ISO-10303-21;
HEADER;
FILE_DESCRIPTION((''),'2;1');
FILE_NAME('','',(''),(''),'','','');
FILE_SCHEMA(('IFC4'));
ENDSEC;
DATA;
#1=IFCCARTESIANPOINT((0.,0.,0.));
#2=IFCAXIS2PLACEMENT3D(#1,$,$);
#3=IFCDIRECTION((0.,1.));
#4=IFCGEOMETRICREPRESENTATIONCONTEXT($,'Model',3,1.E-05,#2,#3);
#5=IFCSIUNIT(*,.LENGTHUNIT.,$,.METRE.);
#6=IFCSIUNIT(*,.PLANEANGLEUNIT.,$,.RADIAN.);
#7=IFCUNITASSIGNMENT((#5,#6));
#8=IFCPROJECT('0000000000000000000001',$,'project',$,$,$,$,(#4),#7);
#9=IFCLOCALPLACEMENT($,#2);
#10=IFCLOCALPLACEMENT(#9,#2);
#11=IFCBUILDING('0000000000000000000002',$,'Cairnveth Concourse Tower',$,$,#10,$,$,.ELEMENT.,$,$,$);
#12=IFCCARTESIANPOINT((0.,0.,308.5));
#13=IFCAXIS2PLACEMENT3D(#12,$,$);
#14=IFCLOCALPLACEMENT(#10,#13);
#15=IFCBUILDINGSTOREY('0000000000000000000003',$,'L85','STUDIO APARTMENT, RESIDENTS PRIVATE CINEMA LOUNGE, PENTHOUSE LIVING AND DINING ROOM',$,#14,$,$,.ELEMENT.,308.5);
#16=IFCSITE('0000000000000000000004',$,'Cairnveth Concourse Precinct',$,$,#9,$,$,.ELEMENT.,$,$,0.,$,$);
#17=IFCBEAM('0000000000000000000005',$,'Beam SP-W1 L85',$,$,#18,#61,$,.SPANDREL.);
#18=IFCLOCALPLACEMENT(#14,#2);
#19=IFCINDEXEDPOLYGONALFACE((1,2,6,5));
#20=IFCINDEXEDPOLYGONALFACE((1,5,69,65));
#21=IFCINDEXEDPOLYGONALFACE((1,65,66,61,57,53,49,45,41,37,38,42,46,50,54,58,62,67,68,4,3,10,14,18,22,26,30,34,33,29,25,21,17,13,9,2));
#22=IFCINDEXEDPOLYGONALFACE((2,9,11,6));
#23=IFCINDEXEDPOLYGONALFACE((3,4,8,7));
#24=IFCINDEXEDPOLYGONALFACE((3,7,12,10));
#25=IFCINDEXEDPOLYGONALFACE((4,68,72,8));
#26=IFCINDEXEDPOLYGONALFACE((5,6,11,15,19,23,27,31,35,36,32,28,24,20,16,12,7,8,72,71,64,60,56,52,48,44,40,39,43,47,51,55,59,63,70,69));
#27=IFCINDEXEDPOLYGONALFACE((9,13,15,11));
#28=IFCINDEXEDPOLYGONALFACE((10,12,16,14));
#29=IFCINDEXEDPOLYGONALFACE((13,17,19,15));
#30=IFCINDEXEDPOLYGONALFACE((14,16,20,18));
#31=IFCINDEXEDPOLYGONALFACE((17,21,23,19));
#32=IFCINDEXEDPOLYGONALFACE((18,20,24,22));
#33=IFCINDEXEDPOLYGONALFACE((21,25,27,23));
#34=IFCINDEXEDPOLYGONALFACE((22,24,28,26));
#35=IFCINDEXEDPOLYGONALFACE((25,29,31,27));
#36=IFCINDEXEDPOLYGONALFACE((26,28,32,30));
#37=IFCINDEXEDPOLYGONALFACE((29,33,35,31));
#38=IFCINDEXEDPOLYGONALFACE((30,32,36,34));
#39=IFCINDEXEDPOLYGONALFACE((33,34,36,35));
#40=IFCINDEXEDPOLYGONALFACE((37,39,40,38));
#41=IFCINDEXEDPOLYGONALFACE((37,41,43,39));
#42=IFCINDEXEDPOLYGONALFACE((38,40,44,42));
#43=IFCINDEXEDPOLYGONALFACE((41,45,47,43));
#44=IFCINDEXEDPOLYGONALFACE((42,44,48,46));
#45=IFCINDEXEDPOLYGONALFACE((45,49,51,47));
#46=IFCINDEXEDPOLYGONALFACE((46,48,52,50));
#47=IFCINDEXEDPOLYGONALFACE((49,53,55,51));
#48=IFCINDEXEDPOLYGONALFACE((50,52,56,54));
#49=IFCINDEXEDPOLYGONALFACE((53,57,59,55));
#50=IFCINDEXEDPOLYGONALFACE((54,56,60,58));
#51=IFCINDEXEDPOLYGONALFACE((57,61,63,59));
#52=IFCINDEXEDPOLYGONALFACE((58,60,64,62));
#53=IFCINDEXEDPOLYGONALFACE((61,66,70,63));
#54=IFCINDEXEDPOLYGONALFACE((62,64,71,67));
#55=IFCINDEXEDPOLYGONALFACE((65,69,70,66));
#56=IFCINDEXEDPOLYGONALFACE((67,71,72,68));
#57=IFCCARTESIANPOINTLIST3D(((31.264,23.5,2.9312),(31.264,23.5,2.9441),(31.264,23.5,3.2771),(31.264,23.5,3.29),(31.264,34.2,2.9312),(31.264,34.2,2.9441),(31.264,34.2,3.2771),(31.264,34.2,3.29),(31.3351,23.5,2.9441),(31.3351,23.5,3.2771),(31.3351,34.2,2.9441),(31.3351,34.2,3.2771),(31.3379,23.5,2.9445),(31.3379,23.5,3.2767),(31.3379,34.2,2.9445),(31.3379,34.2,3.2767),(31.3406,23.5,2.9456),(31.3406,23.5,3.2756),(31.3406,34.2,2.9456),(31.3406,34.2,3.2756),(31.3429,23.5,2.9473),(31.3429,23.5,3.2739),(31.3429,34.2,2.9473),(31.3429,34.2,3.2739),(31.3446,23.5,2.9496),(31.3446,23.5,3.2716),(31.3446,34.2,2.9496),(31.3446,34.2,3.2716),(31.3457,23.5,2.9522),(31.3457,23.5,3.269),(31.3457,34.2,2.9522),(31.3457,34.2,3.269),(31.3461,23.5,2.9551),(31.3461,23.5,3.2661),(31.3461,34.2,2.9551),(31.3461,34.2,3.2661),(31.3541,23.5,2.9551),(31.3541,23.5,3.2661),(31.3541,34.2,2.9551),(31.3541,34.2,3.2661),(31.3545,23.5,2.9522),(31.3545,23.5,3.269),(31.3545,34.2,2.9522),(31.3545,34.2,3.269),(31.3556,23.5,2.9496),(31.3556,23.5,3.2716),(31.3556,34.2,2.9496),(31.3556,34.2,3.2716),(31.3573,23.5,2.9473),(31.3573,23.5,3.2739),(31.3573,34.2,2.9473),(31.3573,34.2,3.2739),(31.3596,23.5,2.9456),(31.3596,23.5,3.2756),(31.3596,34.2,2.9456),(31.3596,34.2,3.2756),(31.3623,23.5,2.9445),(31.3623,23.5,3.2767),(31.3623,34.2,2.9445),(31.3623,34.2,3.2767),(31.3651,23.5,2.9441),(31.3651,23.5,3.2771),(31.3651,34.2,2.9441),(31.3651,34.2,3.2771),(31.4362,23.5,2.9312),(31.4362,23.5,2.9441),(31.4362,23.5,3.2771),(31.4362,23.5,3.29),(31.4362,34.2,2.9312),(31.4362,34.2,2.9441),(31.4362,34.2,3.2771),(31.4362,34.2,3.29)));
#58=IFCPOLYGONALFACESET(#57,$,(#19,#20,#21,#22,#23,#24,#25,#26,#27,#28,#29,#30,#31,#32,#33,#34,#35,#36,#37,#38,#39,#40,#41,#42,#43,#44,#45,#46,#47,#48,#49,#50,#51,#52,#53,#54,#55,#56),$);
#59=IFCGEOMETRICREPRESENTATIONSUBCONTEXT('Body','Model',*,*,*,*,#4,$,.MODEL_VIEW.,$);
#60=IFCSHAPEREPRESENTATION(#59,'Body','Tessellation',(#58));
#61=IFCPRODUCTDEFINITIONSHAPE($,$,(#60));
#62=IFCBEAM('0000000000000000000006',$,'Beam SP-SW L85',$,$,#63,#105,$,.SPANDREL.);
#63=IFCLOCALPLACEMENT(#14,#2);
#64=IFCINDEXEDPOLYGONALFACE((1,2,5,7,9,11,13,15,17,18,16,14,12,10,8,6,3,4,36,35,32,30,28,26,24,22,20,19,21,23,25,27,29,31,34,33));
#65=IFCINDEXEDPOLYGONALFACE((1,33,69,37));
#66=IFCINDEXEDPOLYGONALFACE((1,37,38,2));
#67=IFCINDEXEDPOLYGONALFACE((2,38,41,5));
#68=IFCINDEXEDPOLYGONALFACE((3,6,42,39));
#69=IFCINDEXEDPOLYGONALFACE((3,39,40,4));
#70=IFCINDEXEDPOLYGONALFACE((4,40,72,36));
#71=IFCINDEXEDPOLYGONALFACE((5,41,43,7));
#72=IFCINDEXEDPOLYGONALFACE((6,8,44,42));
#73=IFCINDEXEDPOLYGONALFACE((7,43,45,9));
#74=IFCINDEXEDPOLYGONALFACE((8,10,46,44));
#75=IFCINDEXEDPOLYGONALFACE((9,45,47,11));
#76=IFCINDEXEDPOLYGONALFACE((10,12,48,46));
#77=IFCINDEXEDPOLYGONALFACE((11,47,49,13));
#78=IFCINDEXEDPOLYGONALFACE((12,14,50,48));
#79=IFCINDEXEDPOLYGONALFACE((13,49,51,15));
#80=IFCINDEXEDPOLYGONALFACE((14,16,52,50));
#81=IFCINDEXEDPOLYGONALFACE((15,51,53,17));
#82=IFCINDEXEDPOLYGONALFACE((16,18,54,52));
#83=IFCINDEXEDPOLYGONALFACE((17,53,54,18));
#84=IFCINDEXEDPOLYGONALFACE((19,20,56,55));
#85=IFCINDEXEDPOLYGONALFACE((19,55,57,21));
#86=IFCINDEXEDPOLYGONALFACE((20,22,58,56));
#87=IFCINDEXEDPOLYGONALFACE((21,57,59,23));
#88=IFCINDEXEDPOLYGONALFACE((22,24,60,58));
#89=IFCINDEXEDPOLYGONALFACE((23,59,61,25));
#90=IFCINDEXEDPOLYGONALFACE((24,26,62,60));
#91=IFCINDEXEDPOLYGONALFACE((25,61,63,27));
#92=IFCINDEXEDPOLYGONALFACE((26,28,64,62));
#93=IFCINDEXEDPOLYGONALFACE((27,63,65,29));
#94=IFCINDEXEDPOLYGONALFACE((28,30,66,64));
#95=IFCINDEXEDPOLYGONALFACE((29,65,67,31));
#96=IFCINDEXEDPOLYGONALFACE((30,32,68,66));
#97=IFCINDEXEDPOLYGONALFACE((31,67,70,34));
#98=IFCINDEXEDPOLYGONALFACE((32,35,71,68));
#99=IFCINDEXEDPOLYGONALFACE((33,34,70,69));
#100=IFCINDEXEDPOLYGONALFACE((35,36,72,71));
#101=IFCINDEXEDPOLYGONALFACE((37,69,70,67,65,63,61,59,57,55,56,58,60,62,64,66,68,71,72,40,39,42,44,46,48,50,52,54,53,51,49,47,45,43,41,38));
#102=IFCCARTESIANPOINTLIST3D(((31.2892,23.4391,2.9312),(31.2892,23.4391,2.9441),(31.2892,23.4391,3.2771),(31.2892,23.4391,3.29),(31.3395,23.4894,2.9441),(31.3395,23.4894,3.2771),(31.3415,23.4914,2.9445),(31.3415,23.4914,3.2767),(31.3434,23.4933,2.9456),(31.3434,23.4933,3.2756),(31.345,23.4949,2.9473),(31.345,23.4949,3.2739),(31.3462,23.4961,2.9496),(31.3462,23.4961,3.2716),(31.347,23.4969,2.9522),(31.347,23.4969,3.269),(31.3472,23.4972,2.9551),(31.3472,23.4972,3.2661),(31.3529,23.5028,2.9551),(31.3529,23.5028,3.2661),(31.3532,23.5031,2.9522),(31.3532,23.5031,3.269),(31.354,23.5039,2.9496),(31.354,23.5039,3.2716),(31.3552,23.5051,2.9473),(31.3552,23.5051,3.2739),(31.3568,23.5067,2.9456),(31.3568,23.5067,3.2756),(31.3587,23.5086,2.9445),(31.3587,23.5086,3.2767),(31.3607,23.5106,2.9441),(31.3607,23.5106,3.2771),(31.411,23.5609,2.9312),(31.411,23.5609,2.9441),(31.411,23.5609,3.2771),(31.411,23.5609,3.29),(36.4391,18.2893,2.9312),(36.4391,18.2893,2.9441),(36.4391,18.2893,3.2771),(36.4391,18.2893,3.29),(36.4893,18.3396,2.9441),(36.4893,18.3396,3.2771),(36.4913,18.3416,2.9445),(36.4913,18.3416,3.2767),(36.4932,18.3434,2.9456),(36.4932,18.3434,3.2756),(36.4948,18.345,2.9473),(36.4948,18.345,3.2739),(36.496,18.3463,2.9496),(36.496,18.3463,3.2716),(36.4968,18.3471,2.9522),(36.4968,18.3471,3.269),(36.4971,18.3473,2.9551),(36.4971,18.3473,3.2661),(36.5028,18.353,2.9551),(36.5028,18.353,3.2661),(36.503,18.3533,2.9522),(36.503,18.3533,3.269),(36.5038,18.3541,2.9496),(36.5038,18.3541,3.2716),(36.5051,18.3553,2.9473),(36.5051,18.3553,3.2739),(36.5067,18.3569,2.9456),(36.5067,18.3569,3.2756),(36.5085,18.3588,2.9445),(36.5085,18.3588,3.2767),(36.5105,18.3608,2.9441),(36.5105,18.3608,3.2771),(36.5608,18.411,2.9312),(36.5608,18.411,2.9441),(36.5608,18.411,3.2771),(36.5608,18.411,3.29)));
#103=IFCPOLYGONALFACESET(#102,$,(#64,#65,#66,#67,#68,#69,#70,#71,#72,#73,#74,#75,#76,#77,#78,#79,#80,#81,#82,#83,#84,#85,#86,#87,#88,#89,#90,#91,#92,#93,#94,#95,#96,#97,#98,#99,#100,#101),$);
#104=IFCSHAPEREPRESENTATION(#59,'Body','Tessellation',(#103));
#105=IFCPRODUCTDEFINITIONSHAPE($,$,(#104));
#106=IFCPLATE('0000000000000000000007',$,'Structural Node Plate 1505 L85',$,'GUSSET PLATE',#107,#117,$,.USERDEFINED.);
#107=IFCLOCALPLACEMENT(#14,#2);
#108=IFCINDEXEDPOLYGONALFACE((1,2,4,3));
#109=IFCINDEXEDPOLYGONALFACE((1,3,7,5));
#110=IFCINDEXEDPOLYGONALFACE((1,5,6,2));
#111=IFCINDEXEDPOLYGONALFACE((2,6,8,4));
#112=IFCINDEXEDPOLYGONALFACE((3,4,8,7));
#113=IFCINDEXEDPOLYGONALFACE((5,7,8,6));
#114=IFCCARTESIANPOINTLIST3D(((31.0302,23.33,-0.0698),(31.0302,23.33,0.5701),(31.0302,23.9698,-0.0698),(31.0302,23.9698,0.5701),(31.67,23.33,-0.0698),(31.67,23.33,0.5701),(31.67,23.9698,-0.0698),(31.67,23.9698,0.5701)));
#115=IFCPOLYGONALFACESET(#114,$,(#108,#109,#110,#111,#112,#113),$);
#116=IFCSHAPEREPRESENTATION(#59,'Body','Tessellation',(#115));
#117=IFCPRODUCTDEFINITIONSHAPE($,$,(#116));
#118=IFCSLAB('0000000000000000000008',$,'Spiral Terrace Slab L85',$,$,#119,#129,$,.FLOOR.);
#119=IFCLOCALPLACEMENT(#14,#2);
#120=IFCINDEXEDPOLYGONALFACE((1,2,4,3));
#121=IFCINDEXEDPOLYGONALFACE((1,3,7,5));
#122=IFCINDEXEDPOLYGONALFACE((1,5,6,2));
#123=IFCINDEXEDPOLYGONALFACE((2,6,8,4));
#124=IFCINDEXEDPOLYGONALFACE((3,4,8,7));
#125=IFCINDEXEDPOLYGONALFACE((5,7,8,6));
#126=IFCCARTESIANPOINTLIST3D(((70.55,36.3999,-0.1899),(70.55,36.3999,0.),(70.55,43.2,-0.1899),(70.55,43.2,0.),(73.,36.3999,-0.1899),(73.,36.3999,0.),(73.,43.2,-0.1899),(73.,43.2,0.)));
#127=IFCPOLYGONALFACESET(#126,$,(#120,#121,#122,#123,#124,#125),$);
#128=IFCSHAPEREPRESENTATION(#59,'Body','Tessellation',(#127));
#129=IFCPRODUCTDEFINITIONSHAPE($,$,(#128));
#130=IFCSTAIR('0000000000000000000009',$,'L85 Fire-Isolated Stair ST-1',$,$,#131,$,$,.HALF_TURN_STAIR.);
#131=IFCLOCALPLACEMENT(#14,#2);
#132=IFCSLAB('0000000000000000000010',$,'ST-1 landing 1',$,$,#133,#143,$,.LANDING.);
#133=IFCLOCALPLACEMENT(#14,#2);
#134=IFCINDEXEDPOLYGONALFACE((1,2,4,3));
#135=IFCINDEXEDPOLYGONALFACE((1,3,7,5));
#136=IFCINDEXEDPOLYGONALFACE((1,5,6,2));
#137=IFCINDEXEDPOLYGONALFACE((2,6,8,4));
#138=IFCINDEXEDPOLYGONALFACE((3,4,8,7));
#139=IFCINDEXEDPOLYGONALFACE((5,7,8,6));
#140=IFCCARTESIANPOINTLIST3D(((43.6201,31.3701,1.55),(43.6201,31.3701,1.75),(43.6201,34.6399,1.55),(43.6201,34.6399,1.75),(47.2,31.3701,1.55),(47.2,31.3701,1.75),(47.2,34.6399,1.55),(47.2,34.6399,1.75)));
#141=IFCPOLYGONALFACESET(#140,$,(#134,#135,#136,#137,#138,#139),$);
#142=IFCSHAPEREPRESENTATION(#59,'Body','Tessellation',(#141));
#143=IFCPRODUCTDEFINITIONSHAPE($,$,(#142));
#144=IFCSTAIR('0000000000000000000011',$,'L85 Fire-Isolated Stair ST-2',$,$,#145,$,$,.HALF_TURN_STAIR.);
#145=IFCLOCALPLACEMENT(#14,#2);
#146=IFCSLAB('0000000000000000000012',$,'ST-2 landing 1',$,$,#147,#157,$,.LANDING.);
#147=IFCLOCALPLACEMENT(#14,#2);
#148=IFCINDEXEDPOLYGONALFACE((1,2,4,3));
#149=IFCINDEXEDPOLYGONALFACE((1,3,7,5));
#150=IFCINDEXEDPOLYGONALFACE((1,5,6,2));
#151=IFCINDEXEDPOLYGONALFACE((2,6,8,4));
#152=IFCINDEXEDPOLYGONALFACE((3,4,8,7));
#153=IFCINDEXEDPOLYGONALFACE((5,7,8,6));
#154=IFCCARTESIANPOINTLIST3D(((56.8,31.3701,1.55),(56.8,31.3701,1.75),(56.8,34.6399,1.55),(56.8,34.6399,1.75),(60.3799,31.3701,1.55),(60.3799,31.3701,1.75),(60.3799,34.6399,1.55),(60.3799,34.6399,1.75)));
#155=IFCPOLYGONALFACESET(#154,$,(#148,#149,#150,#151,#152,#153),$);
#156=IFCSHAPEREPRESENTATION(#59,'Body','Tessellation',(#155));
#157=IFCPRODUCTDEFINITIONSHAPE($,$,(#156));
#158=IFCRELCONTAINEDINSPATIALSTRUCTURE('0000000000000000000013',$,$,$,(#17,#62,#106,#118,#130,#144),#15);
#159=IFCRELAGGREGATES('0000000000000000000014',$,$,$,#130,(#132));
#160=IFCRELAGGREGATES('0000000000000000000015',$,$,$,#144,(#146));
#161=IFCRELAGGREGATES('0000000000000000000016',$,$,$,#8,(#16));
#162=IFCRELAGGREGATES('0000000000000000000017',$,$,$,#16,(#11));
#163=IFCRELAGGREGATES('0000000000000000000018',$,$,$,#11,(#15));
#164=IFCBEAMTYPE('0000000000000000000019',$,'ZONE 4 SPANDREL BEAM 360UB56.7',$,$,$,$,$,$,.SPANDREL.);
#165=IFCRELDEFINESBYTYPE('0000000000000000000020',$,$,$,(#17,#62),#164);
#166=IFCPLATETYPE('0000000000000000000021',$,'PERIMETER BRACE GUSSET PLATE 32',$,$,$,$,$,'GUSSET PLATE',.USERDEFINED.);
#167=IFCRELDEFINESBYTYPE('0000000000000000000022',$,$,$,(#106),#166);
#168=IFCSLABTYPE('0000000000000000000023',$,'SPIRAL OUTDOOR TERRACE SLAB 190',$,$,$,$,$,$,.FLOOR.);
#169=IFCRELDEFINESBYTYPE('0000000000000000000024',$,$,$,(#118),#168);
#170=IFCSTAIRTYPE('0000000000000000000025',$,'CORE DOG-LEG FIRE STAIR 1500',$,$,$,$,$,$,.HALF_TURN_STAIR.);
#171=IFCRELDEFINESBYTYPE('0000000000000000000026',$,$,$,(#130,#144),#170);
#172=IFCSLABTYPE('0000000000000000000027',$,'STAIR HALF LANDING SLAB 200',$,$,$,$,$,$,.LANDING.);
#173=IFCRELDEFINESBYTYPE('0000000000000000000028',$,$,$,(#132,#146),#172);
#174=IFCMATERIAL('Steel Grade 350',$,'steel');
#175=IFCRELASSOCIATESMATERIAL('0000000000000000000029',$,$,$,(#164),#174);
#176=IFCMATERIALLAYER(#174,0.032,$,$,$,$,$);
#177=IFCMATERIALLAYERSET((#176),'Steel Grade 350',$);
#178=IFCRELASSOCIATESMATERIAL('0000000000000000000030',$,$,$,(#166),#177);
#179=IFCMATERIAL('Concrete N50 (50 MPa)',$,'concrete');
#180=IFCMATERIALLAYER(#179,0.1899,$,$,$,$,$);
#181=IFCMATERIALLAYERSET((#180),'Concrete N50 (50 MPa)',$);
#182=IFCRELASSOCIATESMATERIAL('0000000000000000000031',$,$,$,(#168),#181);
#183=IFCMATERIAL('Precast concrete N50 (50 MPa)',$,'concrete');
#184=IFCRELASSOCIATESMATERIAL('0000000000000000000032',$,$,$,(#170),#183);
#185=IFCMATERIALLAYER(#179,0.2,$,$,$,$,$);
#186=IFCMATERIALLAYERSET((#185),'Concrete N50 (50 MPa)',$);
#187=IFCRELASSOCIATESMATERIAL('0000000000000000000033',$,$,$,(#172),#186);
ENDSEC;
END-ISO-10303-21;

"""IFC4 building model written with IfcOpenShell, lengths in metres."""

from ifc_helpers import new_model, si_unit, direction, frame, origin, origin_2d, place, context, subcontext, project, spatial, polyline, rectangle, i_section, outline, extrude, material, layer, layer_set, material_profile, profile_set, type_object, element, aggregate, save


model = new_model("IFC4")

# Units and contexts
model_context = context("Model", 3, precision=1e-05, world=origin(), true_north=direction((0.0, 1.0)))
body_context = subcontext(model_context, "Body", "Model", "MODEL_VIEW")
ifc_project = project(units=[si_unit("LENGTHUNIT", "METRE"), si_unit("PLANEANGLEUNIT", "RADIAN")], contexts=[model_context])

# Site, building, storey
site_placement = place(None, origin())
site = spatial("IfcSite", under=ifc_project, at=site_placement, Name="Cairnveth Concourse Precinct", CompositionType="ELEMENT", RefElevation=0.0)
building_placement = place(site_placement, origin())
building = spatial("IfcBuilding", under=site, at=building_placement, Name="Cairnveth Concourse Tower", CompositionType="ELEMENT")
storey_placement = place(building_placement, frame((0.0, 0.0, 308.5)))
storey = spatial("IfcBuildingStorey", under=building, at=storey_placement, Name="L85", Description="STUDIO APARTMENT, RESIDENTS PRIVATE CINEMA LOUNGE, PENTHOUSE LIVING AND DINING ROOM", CompositionType="ELEMENT", Elevation=308.5)

# Shared definitions
ifc_material_1 = material(Name="Steel Grade 350", Category="steel")

# Beams
ifc_material_profile_1 = material_profile(ifc_material_1, i_section(OverallWidth=0.1721, OverallDepth=0.3589, WebThickness=0.0081, FlangeThickness=0.0129, FilletRadius=0.011, at=origin_2d()), Name="360UB56.7")
ifc_profile_set_1 = profile_set([ifc_material_profile_1], Name="Steel Grade 350")
beam_type_1 = type_object("IfcBeamType", Name="ZONE 4 SPANDREL BEAM 360UB56.7", PredefinedType="SPANDREL", material=ifc_profile_set_1)
beam_1_placement = place(storey_placement, frame((31.3501, 23.5, 3.1106), z_axis=(0.0, 1.0, 0.0), x_axis=(-1.0, 0.0, 0.0)))
element("IfcBeam", 1, at=beam_1_placement, inside=storey, type_object=beam_type_1, Name="Beam SP-W1 L85", PredefinedType="SPANDREL", context=body_context, shape_type="SweptSolid", body=[
    extrude(i_section(OverallWidth=0.1721, OverallDepth=0.3589, WebThickness=0.0081, FlangeThickness=0.0129, FilletRadius=0.011, at=origin_2d()), origin(), (0.0, 0.0, 1.0), 10.7),
])
beam_2_placement = place(storey_placement, frame((31.3501, 23.5, 3.1106), z_axis=(0.707107, -0.707107, 0.0), x_axis=(0.707107, 0.707107, 0.0)))
element("IfcBeam", 2, at=beam_2_placement, inside=storey, type_object=beam_type_1, Name="Beam SP-SW L85", PredefinedType="SPANDREL", context=body_context, shape_type="SweptSolid", body=[
    extrude(i_section(OverallWidth=0.1721, OverallDepth=0.3589, WebThickness=0.0081, FlangeThickness=0.0129, FilletRadius=0.011, at=origin_2d()), origin(), (0.0, 0.0, 1.0), 7.283),
])

# Plate
ifc_layer_1 = layer(ifc_material_1, 0.032)
ifc_layer_set_1 = layer_set([ifc_layer_1], Name="Steel Grade 350")
plate_type = type_object("IfcPlateType", Name="PERIMETER BRACE GUSSET PLATE 32", ElementType="GUSSET PLATE", PredefinedType="USERDEFINED", material=ifc_layer_set_1)
plate_placement = place(storey_placement, frame((31.3501, 23.6499, -0.0698), z_axis=(0.0, 0.0, 1.0), x_axis=(1.0, 0.0, 0.0)))
element("IfcPlate", 3, at=plate_placement, inside=storey, type_object=plate_type, Name="Structural Node Plate 1505 L85", ObjectType="GUSSET PLATE", PredefinedType="USERDEFINED", context=body_context, shape_type="SweptSolid", body=[
    extrude(rectangle(XDim=0.6399, YDim=0.6399, at=origin_2d()), origin(), (0.0, 0.0, 1.0), 0.6399),
])

# Slab
ifc_material_2 = material(Name="Concrete N50 (50 MPa)", Category="concrete")
ifc_layer_2 = layer(ifc_material_2, 0.1899)
ifc_layer_set_2 = layer_set([ifc_layer_2], Name="Concrete N50 (50 MPa)")
slab_type_1 = type_object("IfcSlabType", Name="SPIRAL OUTDOOR TERRACE SLAB 190", PredefinedType="FLOOR", material=ifc_layer_set_2)
slab_1_placement = place(storey_placement, frame((0.0, 0.0, -0.1899)))
element("IfcSlab", 4, at=slab_1_placement, inside=storey, type_object=slab_type_1, Name="Spiral Terrace Slab L85", PredefinedType="FLOOR", context=body_context, shape_type="SweptSolid", body=[
    extrude(outline(polyline([(70.55, 36.3999), (73.0, 36.3999), (73.0, 43.2), (70.55, 43.2), (70.55, 36.3999)])), origin(), (0.0, 0.0, 1.0), 0.1899),
])

# Stairs, slabs
ifc_material_3 = material(Name="Precast concrete N50 (50 MPa)", Category="concrete")
stair_type = type_object("IfcStairType", Name="CORE DOG-LEG FIRE STAIR 1500", PredefinedType="HALF_TURN_STAIR", material=ifc_material_3)
stair_1_placement = place(storey_placement, origin())
stair_1 = element("IfcStair", 5, at=stair_1_placement, inside=storey, type_object=stair_type, Name="L85 Fire-Isolated Stair ST-1", PredefinedType="HALF_TURN_STAIR")
ifc_layer_3 = layer(ifc_material_2, 0.2)
ifc_layer_set_3 = layer_set([ifc_layer_3], Name="Concrete N50 (50 MPa)")
slab_type_2 = type_object("IfcSlabType", Name="STAIR HALF LANDING SLAB 200", PredefinedType="LANDING", material=ifc_layer_set_3)
slab_2_placement = place(storey_placement, frame((0.0, 0.0, 1.55)))
slab_2 = element("IfcSlab", 6, at=slab_2_placement, type_object=slab_type_2, Name="ST-1 landing 1", PredefinedType="LANDING", context=body_context, shape_type="SweptSolid", body=[
    extrude(outline(polyline([(43.6201, 34.6399), (43.6201, 31.3701), (47.2, 31.3701), (47.2, 34.6399), (43.6201, 34.6399)])), origin(), (0.0, 0.0, 1.0), 0.2),
])
aggregate(stair_1, [slab_2])
stair_2_placement = place(storey_placement, origin())
stair_2 = element("IfcStair", 7, at=stair_2_placement, inside=storey, type_object=stair_type, Name="L85 Fire-Isolated Stair ST-2", PredefinedType="HALF_TURN_STAIR")
slab_3_placement = place(storey_placement, frame((0.0, 0.0, 1.55)))
slab_3 = element("IfcSlab", 8, at=slab_3_placement, type_object=slab_type_2, Name="ST-2 landing 1", PredefinedType="LANDING", context=body_context, shape_type="SweptSolid", body=[
    extrude(outline(polyline([(56.8, 34.6399), (56.8, 31.3701), (60.3799, 31.3701), (60.3799, 34.6399), (56.8, 34.6399)])), origin(), (0.0, 0.0, 1.0), 0.2),
])
aggregate(stair_2, [slab_3])

save(model, "model.ifc")
